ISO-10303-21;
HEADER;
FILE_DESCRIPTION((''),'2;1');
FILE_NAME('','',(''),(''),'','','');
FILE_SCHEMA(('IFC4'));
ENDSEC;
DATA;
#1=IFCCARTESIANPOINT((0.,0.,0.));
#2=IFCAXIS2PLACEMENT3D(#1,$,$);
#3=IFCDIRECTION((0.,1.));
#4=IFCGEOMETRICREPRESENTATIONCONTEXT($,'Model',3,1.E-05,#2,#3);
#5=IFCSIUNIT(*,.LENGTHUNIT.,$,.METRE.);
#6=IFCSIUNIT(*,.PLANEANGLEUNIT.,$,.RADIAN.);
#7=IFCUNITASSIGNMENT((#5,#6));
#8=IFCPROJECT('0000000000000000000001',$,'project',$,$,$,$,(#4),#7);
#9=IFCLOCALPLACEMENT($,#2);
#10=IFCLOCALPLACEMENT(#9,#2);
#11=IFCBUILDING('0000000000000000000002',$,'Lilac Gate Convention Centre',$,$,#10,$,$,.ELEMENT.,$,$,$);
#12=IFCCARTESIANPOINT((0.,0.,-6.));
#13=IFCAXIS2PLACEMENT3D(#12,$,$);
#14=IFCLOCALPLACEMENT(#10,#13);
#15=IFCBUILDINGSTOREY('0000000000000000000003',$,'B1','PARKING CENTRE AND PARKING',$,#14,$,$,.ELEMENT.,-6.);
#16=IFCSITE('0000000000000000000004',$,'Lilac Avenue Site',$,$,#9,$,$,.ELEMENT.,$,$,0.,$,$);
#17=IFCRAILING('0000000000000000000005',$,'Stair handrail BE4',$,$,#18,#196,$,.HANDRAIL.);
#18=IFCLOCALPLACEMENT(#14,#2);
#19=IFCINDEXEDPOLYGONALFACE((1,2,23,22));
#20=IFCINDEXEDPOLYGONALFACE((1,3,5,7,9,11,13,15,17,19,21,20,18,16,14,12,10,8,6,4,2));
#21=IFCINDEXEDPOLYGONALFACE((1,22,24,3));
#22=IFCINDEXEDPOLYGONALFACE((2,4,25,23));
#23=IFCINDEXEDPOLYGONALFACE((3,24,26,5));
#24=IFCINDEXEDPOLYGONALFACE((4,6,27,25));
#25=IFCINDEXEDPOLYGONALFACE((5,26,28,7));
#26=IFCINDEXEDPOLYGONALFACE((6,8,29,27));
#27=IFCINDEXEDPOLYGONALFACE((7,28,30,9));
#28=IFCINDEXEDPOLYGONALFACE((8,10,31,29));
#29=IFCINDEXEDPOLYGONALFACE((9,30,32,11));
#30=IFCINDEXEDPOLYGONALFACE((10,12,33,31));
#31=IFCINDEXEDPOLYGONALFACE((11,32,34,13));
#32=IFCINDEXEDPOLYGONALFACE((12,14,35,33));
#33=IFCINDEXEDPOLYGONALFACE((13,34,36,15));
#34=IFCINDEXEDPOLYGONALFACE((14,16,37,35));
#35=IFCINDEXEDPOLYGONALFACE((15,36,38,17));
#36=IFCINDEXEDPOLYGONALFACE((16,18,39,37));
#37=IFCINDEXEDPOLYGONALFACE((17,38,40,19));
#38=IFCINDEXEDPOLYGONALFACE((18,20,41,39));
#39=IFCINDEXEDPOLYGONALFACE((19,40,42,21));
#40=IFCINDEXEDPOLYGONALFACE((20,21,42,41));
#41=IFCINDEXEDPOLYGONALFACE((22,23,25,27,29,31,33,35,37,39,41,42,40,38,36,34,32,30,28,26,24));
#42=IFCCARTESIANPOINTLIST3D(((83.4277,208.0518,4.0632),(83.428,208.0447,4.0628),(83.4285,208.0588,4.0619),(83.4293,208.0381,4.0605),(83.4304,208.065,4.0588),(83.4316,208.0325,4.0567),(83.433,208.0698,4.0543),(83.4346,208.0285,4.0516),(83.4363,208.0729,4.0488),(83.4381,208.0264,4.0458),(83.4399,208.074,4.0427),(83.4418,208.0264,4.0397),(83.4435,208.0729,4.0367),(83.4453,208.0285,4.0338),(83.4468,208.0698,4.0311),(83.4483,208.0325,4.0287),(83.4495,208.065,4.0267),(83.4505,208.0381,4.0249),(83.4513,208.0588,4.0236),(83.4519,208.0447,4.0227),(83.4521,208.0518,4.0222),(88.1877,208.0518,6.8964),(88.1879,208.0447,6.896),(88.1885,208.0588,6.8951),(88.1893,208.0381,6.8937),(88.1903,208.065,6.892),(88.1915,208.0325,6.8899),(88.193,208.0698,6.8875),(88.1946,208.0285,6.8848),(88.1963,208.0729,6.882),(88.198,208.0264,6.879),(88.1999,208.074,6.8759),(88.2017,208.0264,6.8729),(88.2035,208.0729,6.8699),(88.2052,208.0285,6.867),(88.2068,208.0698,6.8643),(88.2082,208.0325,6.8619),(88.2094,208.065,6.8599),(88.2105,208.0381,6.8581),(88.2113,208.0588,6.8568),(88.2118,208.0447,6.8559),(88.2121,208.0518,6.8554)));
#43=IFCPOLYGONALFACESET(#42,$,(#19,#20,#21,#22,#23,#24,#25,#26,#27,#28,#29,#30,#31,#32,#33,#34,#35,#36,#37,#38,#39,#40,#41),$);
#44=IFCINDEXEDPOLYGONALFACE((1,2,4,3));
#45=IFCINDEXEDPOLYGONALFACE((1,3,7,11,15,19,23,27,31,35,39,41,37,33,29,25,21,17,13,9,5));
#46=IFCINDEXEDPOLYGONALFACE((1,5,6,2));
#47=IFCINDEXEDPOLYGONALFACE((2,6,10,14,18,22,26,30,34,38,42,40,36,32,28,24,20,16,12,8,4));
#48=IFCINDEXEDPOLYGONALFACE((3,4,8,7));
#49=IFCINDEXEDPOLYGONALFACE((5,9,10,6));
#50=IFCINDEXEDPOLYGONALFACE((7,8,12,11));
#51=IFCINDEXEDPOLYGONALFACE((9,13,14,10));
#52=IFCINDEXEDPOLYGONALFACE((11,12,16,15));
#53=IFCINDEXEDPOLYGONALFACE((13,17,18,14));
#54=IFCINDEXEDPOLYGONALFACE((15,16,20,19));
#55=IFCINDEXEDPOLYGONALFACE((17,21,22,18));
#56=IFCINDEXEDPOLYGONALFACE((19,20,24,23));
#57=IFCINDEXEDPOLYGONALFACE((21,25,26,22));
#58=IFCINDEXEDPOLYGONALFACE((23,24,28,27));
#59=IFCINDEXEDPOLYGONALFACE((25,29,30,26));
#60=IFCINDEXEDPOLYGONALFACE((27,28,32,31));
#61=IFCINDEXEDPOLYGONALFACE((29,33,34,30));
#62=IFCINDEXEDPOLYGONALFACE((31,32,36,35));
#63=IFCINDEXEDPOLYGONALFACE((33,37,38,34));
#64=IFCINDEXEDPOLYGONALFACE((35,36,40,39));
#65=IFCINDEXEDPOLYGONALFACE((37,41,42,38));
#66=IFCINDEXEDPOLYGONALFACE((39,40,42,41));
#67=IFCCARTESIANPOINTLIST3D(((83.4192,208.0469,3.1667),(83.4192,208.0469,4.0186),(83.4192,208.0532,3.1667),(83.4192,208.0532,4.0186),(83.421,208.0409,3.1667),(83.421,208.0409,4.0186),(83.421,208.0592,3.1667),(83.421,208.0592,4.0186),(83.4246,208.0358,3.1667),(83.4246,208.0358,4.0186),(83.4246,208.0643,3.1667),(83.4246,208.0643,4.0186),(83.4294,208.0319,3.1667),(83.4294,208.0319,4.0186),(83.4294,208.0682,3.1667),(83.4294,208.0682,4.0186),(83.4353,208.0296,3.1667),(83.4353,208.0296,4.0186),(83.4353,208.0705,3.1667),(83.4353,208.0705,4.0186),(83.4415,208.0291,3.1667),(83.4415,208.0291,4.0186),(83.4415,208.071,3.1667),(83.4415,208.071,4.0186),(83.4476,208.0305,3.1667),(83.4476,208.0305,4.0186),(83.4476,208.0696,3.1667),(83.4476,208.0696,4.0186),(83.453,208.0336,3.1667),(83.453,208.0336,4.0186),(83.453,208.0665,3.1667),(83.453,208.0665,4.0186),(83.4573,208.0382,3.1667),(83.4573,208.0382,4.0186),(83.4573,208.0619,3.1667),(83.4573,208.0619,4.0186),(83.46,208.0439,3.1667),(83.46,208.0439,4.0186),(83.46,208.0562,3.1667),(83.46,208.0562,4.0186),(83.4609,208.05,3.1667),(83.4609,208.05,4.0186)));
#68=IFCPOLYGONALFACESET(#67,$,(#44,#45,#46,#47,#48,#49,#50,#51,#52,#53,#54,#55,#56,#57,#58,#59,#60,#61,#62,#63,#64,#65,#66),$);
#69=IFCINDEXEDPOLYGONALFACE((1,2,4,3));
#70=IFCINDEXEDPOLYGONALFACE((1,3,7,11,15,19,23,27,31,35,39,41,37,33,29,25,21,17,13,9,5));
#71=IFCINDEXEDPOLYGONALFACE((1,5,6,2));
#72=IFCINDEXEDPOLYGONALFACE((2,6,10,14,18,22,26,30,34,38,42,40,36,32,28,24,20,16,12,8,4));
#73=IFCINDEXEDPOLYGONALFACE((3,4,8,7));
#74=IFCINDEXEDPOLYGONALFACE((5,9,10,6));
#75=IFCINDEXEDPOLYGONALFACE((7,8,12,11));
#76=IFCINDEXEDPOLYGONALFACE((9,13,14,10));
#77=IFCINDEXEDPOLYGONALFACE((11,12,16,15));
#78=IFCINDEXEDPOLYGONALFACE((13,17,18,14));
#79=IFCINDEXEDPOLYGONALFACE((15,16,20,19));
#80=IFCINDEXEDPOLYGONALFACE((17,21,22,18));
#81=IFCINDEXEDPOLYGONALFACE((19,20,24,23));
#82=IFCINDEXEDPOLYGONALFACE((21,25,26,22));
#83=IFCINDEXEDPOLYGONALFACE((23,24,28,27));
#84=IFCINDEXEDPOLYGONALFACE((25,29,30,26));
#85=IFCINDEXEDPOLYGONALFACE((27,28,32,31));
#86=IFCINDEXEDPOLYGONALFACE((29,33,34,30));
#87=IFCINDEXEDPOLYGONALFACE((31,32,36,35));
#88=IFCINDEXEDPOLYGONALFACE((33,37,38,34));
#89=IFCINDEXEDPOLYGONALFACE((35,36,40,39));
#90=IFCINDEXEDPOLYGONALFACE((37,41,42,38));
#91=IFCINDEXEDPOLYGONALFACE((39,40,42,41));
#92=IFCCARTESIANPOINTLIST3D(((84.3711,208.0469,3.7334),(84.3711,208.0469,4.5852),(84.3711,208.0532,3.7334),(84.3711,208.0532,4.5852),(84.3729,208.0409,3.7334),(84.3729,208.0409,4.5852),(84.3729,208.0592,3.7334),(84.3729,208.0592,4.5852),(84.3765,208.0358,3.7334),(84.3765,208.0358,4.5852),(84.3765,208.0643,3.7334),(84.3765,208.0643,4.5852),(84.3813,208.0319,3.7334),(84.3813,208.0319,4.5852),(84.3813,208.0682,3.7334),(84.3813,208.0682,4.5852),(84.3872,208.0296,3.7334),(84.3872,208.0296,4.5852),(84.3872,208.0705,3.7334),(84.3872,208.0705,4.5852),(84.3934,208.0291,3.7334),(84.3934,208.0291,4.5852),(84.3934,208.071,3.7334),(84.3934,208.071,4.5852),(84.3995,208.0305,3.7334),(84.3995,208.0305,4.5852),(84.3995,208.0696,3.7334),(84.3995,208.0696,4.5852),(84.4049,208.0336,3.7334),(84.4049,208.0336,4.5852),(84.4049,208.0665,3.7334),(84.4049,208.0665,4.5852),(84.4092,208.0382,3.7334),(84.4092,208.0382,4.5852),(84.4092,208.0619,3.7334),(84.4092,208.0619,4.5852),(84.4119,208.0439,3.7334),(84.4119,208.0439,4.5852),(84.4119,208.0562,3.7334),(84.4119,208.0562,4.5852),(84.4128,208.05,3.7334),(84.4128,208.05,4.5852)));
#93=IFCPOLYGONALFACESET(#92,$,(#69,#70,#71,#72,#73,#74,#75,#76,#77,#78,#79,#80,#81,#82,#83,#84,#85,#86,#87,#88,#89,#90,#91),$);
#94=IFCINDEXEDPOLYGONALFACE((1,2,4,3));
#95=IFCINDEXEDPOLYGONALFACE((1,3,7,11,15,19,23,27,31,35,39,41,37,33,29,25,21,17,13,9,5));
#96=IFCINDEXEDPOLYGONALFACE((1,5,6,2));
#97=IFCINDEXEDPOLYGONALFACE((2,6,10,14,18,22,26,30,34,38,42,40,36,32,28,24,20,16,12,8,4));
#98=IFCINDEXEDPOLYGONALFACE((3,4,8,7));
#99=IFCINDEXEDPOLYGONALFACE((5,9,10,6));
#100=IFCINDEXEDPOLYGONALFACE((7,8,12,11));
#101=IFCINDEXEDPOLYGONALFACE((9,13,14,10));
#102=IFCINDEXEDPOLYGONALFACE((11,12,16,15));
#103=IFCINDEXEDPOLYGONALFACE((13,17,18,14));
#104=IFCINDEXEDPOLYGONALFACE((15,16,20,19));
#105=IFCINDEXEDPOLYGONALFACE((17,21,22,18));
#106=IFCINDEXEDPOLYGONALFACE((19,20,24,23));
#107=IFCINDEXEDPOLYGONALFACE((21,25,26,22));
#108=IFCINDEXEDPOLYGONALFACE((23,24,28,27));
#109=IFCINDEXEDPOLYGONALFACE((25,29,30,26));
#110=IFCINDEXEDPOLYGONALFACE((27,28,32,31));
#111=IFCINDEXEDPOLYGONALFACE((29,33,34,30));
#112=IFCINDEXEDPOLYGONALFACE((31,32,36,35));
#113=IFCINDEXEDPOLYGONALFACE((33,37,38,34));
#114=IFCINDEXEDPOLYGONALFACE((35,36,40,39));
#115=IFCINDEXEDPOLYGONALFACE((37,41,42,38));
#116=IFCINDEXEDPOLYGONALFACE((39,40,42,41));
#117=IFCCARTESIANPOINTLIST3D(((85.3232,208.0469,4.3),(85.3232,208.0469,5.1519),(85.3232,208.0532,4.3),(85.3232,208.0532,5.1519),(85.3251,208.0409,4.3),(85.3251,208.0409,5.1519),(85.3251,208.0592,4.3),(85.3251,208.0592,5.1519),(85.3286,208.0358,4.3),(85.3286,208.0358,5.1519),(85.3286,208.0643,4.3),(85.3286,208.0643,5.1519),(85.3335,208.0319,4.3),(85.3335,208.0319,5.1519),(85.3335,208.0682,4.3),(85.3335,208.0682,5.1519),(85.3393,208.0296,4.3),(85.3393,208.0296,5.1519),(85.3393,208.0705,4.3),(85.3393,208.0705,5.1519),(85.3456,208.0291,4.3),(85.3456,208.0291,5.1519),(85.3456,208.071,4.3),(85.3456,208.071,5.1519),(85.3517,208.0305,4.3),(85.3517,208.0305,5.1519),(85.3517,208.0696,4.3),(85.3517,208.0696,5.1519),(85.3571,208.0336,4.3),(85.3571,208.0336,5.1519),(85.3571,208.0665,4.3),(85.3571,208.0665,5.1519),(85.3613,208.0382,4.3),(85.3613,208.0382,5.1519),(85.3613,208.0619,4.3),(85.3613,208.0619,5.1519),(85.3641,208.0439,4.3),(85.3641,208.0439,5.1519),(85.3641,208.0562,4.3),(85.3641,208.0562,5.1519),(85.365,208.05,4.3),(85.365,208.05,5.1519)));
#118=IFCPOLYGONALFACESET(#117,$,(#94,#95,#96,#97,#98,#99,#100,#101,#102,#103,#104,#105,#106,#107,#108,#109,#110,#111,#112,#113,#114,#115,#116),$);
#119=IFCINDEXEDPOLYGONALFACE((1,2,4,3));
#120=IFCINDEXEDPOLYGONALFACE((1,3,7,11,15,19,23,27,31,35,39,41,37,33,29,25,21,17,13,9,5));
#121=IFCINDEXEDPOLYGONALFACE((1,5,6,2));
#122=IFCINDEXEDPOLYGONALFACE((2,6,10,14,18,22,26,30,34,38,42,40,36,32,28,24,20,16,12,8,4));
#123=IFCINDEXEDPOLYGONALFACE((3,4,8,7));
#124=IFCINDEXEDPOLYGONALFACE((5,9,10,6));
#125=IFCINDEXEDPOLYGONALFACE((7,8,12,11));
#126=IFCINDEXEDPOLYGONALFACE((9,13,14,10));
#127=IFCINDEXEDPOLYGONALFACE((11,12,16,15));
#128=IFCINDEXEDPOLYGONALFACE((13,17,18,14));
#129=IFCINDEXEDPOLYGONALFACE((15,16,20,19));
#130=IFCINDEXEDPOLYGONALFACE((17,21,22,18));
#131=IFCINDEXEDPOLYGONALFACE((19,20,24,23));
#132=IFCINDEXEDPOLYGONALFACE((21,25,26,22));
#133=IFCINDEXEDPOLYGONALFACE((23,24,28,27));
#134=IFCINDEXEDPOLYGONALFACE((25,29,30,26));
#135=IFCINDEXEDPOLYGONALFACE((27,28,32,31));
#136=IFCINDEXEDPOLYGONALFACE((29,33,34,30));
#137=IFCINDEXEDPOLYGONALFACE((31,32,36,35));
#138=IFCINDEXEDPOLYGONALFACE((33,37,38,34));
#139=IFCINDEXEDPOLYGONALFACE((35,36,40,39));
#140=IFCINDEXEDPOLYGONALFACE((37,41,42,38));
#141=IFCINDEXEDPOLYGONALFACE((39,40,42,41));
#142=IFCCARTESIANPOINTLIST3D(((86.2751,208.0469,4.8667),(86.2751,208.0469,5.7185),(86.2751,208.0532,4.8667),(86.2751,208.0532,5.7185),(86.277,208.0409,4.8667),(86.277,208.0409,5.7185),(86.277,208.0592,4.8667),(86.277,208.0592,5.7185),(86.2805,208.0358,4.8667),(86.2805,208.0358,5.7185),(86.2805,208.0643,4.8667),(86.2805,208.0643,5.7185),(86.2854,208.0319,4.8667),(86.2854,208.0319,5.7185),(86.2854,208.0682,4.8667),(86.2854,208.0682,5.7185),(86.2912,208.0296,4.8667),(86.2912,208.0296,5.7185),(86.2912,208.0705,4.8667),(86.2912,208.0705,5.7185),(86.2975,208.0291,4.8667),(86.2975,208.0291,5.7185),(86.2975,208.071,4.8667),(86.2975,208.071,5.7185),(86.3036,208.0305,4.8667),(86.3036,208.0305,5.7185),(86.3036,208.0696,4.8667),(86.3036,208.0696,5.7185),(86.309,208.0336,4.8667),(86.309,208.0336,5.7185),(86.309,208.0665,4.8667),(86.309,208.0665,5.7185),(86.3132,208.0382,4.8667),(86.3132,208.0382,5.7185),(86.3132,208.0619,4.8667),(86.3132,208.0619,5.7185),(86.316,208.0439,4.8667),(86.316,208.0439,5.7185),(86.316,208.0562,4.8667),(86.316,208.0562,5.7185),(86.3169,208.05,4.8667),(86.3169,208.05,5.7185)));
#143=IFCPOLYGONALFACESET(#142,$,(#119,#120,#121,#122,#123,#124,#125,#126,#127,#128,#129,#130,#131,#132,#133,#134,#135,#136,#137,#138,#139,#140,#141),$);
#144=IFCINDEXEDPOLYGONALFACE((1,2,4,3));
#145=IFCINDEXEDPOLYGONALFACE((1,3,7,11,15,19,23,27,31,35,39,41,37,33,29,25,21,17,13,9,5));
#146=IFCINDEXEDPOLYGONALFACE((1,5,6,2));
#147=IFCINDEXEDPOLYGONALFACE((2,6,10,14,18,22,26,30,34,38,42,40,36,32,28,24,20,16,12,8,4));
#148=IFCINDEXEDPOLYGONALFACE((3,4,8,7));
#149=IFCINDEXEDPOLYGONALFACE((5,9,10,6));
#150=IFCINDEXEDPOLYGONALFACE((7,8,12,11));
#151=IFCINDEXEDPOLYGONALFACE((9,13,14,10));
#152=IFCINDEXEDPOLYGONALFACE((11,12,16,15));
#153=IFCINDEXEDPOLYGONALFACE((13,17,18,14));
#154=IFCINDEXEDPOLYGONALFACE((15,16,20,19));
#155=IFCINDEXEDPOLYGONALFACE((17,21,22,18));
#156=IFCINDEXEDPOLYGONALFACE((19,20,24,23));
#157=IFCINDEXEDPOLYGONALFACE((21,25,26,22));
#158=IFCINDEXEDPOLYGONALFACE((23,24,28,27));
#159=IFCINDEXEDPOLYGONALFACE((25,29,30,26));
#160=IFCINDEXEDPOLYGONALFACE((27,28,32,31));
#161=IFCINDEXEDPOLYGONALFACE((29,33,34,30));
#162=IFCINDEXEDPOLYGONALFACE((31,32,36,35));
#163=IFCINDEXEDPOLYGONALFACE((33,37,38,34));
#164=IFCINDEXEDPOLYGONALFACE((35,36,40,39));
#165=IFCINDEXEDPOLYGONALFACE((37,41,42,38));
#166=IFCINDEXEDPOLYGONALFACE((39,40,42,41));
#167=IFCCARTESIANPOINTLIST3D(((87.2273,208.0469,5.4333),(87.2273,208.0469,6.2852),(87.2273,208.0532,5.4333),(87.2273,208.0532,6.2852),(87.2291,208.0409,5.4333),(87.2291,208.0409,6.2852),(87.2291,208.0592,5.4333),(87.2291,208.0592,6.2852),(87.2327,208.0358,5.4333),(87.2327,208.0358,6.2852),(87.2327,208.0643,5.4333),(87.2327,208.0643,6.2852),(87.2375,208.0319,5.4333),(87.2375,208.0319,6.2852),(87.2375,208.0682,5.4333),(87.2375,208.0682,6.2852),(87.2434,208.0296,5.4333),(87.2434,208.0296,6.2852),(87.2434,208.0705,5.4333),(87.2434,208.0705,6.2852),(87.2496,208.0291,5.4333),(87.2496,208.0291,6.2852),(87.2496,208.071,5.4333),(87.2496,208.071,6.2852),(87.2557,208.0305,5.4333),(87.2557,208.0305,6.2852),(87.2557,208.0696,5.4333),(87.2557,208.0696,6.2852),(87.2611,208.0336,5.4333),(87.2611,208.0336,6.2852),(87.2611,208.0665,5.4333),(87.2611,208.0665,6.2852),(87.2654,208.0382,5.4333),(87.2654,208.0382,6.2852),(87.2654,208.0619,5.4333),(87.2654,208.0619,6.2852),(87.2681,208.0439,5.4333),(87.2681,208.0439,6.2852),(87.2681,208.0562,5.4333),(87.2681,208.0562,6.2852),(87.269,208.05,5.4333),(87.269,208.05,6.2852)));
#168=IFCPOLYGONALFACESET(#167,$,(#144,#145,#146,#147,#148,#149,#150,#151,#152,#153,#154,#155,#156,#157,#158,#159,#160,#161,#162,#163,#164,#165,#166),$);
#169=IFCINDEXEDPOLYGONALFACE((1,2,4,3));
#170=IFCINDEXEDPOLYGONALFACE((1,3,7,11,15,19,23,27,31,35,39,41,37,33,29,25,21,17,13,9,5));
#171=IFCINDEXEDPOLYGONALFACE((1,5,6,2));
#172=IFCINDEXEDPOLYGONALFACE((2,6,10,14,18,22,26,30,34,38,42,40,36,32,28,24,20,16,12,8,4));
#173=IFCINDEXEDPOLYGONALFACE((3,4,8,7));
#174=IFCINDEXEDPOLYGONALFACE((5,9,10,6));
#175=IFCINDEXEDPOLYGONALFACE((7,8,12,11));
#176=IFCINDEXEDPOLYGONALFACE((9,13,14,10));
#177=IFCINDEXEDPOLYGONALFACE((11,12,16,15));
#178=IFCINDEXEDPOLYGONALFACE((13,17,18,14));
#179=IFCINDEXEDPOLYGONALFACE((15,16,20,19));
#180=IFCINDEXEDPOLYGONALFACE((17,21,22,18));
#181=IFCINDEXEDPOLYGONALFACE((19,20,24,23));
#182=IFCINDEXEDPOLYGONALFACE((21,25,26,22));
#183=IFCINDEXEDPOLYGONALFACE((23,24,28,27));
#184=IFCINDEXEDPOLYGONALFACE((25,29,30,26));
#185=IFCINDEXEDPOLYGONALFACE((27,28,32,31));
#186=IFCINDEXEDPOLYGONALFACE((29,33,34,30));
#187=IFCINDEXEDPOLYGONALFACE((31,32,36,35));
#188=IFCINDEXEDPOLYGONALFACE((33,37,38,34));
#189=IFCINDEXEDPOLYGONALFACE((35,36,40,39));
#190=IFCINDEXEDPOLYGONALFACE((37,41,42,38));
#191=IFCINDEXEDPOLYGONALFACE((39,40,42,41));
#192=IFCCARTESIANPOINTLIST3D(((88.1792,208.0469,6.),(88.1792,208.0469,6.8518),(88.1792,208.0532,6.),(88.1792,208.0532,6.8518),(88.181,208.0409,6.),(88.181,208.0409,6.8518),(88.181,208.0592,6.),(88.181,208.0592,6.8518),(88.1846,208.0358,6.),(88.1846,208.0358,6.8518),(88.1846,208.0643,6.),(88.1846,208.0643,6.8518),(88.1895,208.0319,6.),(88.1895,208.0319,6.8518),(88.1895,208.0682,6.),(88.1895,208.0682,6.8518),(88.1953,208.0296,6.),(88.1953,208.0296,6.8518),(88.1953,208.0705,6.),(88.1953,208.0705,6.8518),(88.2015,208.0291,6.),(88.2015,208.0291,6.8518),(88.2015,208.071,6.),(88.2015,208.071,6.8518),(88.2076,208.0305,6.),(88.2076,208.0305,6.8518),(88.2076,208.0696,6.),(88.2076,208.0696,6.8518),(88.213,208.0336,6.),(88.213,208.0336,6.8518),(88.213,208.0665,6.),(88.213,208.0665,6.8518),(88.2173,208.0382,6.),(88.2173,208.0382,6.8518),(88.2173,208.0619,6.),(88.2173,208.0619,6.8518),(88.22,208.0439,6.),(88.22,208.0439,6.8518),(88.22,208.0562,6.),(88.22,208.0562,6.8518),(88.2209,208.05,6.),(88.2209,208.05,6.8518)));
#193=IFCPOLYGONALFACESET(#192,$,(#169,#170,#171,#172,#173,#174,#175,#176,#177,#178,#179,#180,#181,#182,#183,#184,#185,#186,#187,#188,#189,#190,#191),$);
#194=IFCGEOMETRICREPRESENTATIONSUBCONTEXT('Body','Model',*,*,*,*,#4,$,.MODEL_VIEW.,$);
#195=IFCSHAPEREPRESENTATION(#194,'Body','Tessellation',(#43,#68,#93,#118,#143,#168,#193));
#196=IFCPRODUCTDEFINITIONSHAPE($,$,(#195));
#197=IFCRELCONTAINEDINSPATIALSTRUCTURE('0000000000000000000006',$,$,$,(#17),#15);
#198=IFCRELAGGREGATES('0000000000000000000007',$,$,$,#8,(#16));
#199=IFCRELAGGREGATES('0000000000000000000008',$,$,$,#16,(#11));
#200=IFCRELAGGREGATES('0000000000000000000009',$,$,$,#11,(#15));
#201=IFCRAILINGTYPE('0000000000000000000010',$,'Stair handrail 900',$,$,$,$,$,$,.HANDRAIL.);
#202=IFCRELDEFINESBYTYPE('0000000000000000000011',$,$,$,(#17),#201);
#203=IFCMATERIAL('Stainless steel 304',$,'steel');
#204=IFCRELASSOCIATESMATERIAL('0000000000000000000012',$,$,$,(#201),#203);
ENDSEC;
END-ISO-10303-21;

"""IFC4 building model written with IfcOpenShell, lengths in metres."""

from ifc_helpers import new_model, si_unit, direction, frame, origin, origin_2d, place, context, subcontext, project, spatial, circle, extrude, material, type_object, element, save


model = new_model("IFC4")

# Units and contexts
model_context = context("Model", 3, precision=1e-05, world=origin(), true_north=direction((0.0, 1.0)))
body_context = subcontext(model_context, "Body", "Model", "MODEL_VIEW")
ifc_project = project(units=[si_unit("LENGTHUNIT", "METRE"), si_unit("PLANEANGLEUNIT", "RADIAN")], contexts=[model_context])

# Site, building, storey
site_placement = place(None, origin())
site = spatial("IfcSite", under=ifc_project, at=site_placement, Name="Lilac Avenue Site", CompositionType="ELEMENT", RefElevation=0.0)
building_placement = place(site_placement, origin())
building = spatial("IfcBuilding", under=site, at=building_placement, Name="Lilac Gate Convention Centre", CompositionType="ELEMENT")
storey_placement = place(building_placement, frame((0.0, 0.0, -6.0)))
storey = spatial("IfcBuildingStorey", under=building, at=storey_placement, Name="B1", Description="PARKING CENTRE AND PARKING", CompositionType="ELEMENT", Elevation=-6.0)

# Railing
ifc_material_1 = material(Name="Stainless steel 304", Category="steel")
railing_type = type_object("IfcRailingType", Name="Stair handrail 900", PredefinedType="HANDRAIL", material=ifc_material_1)
for number, where, name in (
    (1, (83.4399, 208.05, 3.1667), "Stair handrail BE4"),
):
    element("IfcRailing", number, at=place(storey_placement, frame(where)), inside=storey, type_object=railing_type, Name=name, PredefinedType="HANDRAIL", context=body_context, shape_type="SweptSolid", body=[
        extrude(circle(Radius=0.0239, at=origin_2d()), frame((0.0, 0.0, 0.876), z_axis=(0.8593, 0.0, 0.511472), x_axis=(0.0, 1.0, 0.0)), (0.0, 0.0, 1.0), 5.5393),
        extrude(circle(Radius=0.021, at=origin_2d()), origin(), (0.0, 0.0, 1.0), 0.8518),
        extrude(circle(Radius=0.021, at=origin_2d()), frame((0.9519, 0.0, 0.5667)), (0.0, 0.0, 1.0), 0.8518),
        extrude(circle(Radius=0.021, at=origin_2d()), frame((1.9041, 0.0, 1.1333)), (0.0, 0.0, 1.0), 0.8518),
        extrude(circle(Radius=0.021, at=origin_2d()), frame((2.856, 0.0, 1.7)), (0.0, 0.0, 1.0), 0.8518),
        extrude(circle(Radius=0.021, at=origin_2d()), frame((3.8081, 0.0, 2.2666)), (0.0, 0.0, 1.0), 0.8518),
        extrude(circle(Radius=0.021, at=origin_2d()), frame((4.76, 0.0, 2.8333)), (0.0, 0.0, 1.0), 0.8518),
    ])

save(model, "model.ifc")
